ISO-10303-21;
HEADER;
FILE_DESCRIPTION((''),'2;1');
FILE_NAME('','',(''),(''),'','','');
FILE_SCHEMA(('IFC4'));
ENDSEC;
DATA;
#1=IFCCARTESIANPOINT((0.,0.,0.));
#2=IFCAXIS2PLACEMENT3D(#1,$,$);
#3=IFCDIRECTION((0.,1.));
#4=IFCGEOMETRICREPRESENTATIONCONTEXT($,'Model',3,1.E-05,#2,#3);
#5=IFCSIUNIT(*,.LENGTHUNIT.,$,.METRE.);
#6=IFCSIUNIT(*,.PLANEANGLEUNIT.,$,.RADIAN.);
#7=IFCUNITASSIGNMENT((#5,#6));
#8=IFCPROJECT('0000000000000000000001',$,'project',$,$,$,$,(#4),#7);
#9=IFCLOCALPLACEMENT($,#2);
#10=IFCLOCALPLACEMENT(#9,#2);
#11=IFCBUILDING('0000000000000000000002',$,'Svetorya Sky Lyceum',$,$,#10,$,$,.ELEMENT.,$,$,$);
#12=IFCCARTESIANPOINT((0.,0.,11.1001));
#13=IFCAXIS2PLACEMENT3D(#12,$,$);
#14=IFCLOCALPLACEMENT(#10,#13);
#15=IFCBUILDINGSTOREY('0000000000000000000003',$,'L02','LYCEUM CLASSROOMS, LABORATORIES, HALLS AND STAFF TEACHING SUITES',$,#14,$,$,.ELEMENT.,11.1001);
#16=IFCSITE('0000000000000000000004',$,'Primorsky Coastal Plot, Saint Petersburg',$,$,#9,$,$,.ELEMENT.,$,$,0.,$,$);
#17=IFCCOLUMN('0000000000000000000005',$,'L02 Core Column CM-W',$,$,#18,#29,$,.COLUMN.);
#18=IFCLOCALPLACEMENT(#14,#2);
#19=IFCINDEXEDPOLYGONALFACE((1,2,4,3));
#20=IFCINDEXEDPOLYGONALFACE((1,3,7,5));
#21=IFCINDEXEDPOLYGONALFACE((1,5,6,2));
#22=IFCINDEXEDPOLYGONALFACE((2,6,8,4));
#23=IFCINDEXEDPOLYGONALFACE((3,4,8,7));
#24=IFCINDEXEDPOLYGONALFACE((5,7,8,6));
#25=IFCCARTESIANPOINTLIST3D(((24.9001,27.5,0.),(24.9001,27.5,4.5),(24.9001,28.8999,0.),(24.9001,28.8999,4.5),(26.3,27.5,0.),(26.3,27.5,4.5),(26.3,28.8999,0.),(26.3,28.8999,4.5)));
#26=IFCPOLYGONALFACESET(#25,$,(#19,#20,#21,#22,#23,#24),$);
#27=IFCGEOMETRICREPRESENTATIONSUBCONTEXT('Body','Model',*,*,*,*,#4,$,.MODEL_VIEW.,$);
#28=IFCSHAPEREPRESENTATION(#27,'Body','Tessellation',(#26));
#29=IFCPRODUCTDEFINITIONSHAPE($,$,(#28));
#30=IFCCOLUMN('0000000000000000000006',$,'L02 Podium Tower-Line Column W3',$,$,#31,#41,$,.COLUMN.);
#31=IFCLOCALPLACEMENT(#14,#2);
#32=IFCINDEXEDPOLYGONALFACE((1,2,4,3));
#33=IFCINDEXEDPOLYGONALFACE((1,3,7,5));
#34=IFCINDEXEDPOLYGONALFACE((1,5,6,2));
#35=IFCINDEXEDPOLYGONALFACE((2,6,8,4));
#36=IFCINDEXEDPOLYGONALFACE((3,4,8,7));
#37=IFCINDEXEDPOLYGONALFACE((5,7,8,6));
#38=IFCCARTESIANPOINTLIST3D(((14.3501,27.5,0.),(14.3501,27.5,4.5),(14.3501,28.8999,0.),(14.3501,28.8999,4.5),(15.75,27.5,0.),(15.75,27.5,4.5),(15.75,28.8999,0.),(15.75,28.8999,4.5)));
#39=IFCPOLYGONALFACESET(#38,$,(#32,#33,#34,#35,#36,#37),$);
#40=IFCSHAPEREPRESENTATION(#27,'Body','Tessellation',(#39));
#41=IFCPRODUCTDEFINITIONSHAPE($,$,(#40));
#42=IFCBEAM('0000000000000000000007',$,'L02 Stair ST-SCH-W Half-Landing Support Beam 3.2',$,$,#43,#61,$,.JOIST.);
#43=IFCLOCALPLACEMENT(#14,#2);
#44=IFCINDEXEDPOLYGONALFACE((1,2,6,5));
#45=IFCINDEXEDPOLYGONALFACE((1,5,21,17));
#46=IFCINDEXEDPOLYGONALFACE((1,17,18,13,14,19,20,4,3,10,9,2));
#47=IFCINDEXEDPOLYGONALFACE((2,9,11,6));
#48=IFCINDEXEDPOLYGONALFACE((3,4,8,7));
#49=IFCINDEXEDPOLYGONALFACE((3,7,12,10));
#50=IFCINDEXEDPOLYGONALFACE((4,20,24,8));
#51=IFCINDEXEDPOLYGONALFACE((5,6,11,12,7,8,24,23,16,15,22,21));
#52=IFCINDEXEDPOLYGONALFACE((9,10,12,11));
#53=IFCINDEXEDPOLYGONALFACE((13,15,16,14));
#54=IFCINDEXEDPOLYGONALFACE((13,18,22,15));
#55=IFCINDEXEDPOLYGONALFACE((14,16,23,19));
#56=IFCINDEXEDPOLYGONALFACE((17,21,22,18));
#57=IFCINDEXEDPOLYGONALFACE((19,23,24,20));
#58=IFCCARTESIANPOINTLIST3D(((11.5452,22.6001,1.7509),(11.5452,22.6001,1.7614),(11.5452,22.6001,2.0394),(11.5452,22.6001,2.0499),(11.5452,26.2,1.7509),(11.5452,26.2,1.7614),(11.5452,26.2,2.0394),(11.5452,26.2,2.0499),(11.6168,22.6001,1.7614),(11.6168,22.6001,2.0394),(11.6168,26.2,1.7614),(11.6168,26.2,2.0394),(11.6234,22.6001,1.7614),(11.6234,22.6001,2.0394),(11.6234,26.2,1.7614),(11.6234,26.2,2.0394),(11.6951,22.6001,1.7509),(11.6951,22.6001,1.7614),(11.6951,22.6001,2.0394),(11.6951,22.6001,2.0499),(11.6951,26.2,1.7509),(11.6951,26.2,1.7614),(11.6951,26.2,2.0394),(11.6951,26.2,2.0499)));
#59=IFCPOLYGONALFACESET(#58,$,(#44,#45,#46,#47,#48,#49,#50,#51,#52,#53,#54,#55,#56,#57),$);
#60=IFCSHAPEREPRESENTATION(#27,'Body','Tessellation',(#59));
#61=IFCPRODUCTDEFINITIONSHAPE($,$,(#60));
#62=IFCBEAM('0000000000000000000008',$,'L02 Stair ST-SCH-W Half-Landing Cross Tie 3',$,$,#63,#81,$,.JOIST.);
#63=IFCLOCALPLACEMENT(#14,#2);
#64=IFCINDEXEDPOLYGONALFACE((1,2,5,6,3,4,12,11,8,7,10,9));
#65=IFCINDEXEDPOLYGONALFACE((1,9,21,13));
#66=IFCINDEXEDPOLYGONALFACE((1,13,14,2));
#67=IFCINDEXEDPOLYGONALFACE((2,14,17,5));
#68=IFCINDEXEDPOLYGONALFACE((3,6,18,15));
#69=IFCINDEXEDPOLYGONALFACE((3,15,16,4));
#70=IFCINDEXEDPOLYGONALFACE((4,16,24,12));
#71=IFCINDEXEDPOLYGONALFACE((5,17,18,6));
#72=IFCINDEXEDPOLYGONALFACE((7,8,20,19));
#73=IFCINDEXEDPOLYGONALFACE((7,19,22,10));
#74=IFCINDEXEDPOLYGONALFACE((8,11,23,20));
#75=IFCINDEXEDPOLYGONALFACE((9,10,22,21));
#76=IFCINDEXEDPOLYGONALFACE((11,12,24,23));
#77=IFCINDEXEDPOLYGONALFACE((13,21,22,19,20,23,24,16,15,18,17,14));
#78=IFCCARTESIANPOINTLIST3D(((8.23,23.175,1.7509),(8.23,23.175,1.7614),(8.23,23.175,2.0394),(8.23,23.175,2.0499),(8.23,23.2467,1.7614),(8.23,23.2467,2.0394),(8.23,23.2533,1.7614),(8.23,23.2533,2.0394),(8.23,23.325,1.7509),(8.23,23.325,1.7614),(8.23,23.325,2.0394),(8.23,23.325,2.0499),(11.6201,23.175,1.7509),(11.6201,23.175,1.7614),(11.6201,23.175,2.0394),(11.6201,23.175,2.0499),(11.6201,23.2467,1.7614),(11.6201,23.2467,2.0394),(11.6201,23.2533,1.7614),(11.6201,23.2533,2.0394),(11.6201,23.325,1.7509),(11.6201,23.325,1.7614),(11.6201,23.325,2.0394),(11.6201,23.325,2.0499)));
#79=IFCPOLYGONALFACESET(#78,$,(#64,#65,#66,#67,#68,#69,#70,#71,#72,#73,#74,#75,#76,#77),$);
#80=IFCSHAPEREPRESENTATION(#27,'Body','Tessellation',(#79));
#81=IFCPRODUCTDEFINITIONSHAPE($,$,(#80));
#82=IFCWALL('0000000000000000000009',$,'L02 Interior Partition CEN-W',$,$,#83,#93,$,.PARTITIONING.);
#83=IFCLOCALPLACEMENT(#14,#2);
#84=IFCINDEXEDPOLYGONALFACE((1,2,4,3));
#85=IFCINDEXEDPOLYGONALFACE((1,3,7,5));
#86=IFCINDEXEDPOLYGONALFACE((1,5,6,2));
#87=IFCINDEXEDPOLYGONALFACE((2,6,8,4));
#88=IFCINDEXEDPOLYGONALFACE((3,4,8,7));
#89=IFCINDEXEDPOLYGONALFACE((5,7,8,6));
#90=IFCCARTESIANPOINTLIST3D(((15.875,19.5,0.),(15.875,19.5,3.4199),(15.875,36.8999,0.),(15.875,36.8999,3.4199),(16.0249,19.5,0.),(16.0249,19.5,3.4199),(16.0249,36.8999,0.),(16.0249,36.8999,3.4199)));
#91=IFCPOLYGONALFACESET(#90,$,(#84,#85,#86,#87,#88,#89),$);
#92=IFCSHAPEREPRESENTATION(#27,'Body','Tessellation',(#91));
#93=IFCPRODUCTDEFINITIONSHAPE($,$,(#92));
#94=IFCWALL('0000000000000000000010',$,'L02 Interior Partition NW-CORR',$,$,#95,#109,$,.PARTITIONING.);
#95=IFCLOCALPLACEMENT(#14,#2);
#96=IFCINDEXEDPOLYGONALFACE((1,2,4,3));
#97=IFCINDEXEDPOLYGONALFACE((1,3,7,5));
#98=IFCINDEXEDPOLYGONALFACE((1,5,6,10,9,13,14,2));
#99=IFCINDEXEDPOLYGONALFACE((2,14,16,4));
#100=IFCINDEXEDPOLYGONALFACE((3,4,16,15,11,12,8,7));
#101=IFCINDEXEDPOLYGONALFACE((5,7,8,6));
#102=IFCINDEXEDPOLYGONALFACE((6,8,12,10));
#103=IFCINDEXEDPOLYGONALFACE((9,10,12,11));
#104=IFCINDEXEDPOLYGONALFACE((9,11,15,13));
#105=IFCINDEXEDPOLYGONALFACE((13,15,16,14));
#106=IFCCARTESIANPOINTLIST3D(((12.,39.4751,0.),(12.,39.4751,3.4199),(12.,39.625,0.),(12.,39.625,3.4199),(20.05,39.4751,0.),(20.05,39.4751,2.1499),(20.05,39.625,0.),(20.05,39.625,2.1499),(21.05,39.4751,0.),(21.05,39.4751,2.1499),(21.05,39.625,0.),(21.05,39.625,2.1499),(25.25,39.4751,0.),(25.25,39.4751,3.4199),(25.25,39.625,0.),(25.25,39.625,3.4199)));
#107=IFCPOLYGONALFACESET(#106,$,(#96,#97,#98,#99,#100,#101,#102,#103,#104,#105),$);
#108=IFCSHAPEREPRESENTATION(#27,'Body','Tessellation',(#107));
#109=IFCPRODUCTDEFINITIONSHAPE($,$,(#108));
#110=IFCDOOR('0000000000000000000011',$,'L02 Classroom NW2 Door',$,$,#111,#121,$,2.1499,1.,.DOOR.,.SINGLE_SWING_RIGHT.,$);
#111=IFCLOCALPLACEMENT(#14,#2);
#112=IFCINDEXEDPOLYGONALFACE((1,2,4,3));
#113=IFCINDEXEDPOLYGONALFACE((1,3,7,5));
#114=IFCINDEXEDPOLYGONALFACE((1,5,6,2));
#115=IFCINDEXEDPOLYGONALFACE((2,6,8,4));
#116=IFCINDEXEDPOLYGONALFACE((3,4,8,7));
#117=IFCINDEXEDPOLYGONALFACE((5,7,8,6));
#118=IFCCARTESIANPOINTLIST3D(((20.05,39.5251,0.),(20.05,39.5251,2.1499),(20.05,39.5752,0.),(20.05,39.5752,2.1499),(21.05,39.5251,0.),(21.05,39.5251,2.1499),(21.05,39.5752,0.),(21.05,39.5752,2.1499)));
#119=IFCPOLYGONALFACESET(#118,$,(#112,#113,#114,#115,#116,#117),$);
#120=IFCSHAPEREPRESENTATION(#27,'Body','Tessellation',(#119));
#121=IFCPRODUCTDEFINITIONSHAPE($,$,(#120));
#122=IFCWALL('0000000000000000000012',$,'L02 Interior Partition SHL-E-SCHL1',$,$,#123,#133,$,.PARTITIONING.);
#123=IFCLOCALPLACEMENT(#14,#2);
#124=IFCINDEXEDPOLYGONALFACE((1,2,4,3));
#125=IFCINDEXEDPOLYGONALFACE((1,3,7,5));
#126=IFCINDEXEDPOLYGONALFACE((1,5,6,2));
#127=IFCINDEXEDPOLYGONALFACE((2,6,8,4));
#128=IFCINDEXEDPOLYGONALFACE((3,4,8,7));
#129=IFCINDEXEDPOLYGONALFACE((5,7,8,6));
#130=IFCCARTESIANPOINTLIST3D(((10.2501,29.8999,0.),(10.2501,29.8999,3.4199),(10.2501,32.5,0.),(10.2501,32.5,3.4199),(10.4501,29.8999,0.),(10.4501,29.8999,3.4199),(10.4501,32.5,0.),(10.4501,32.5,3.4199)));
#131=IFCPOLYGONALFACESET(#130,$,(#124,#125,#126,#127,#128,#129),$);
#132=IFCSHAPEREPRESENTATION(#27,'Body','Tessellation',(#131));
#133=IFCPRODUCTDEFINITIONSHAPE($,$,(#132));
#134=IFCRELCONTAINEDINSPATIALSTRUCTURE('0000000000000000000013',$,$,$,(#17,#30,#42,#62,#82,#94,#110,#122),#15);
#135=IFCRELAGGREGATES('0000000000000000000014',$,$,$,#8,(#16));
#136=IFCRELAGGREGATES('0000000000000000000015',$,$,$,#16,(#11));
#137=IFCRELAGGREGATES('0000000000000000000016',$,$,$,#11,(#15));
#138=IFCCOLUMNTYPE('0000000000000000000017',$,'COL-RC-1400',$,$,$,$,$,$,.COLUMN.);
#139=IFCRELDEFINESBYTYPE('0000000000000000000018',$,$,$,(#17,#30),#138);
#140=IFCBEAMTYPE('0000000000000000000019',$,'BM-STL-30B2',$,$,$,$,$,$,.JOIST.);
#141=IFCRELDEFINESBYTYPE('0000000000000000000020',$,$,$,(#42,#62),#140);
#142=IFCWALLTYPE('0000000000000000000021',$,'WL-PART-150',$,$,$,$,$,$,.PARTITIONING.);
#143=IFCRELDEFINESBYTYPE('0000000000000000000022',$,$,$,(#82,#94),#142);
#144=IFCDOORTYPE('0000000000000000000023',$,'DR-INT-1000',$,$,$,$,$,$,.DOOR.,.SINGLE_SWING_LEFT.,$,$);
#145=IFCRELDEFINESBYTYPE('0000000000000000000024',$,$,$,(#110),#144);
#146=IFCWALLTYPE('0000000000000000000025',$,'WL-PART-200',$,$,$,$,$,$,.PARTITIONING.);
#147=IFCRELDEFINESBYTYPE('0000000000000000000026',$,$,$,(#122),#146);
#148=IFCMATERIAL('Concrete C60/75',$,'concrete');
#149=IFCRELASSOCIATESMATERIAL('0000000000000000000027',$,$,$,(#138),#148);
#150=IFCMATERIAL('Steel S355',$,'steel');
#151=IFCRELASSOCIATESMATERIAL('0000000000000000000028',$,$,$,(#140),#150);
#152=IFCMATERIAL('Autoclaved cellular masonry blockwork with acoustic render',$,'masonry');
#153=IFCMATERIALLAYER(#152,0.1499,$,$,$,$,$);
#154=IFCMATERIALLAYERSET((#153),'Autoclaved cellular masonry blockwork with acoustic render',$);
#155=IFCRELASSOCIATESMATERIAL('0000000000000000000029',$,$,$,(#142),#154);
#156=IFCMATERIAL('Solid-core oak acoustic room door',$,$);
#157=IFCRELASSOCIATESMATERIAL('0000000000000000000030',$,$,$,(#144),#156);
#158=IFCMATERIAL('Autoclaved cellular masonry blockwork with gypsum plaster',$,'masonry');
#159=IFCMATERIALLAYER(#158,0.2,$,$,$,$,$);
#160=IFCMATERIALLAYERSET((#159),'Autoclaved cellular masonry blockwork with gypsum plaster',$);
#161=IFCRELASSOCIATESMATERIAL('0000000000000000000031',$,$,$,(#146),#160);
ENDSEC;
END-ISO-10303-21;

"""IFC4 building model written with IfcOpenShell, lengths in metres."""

from ifc_helpers import new_model, si_unit, direction, frame, frame_2d, origin, origin_2d, place, context, subcontext, project, spatial, rectangle, i_section, extrude, material, layer, layer_set, material_profile, profile_set, type_object, element, fill, save


model = new_model("IFC4")

# Units and contexts
model_context = context("Model", 3, precision=1e-05, world=origin(), true_north=direction((0.0, 1.0)))
body_context = subcontext(model_context, "Body", "Model", "MODEL_VIEW")
ifc_project = project(units=[si_unit("LENGTHUNIT", "METRE"), si_unit("PLANEANGLEUNIT", "RADIAN")], contexts=[model_context])

# Site, building, storey
site_placement = place(None, origin())
site = spatial("IfcSite", under=ifc_project, at=site_placement, Name="Primorsky Coastal Plot, Saint Petersburg", CompositionType="ELEMENT", RefElevation=0.0)
building_placement = place(site_placement, origin())
building = spatial("IfcBuilding", under=site, at=building_placement, Name="Svetorya Sky Lyceum", CompositionType="ELEMENT")
storey_placement = place(building_placement, frame((0.0, 0.0, 11.1001)))
storey = spatial("IfcBuildingStorey", under=building, at=storey_placement, Name="L02", Description="LYCEUM CLASSROOMS, LABORATORIES, HALLS AND STAFF TEACHING SUITES", CompositionType="ELEMENT", Elevation=11.1001)

# Columns
ifc_material_1 = material(Name="Concrete C60/75", Category="concrete")
ifc_material_profile_1 = material_profile(ifc_material_1, rectangle(XDim=1.3999, YDim=1.3999, at=origin_2d()), Name="RC COL 1400x1400")
ifc_profile_set_1 = profile_set([ifc_material_profile_1], Name="Concrete C60/75")
column_type = type_object("IfcColumnType", Name="COL-RC-1400", PredefinedType="COLUMN", material=ifc_profile_set_1)
for number, where, z_axis, x_axis, name in (
    (1, (25.6001, 28.2, 0.0), (0.0, 0.0, 1.0), (1.0, 0.0, 0.0), "L02 Core Column CM-W"),
    (2, (15.05, 28.2, 0.0), (0.0, 0.0, 1.0), (1.0, 0.0, 0.0), "L02 Podium Tower-Line Column W3"),
):
    element("IfcColumn", number, at=place(storey_placement, frame(where, z_axis=z_axis, x_axis=x_axis)), inside=storey, type_object=column_type, Name=name, PredefinedType="COLUMN", context=body_context, shape_type="SweptSolid", body=[
        extrude(rectangle(XDim=1.3999, YDim=1.3999, at=origin_2d()), origin(), (0.0, 0.0, 1.0), 4.5),
    ])

# Beams
ifc_material_2 = material(Name="Steel S355", Category="steel")
ifc_material_profile_2 = material_profile(ifc_material_2, i_section(OverallWidth=0.1499, OverallDepth=0.2991, WebThickness=0.0066, FlangeThickness=0.0105, at=origin_2d()), Name="GOST 30B2")
ifc_profile_set_2 = profile_set([ifc_material_profile_2], Name="Steel S355")
beam_type = type_object("IfcBeamType", Name="BM-STL-30B2", PredefinedType="JOIST", material=ifc_profile_set_2)
beam_1_placement = place(storey_placement, frame((11.6201, 22.6001, 1.9004), z_axis=(0.0, 1.0, 0.0), x_axis=(-1.0, 0.0, 0.0)))
element("IfcBeam", 3, at=beam_1_placement, inside=storey, type_object=beam_type, Name="L02 Stair ST-SCH-W Half-Landing Support Beam 3.2", PredefinedType="JOIST", context=body_context, shape_type="SweptSolid", body=[
    extrude(i_section(OverallWidth=0.1499, OverallDepth=0.2991, WebThickness=0.0066, FlangeThickness=0.0105, at=origin_2d()), origin(), (0.0, 0.0, 1.0), 3.5999),
])
beam_2_placement = place(storey_placement, frame((8.23, 23.25, 1.9004), z_axis=(1.0, 0.0, 0.0), x_axis=(0.0, 1.0, 0.0)))
element("IfcBeam", 4, at=beam_2_placement, inside=storey, type_object=beam_type, Name="L02 Stair ST-SCH-W Half-Landing Cross Tie 3", PredefinedType="JOIST", context=body_context, shape_type="SweptSolid", body=[
    extrude(i_section(OverallWidth=0.1499, OverallDepth=0.2991, WebThickness=0.0066, FlangeThickness=0.0105, at=origin_2d()), origin(), (0.0, 0.0, 1.0), 3.3901),
])

# Wall
ifc_material_3 = material(Name="Autoclaved cellular masonry blockwork with acoustic render", Category="masonry")
ifc_layer_1 = layer(ifc_material_3, 0.1499)
ifc_layer_set_1 = layer_set([ifc_layer_1], Name="Autoclaved cellular masonry blockwork with acoustic render")
wall_type_1 = type_object("IfcWallType", Name="WL-PART-150", PredefinedType="PARTITIONING", material=ifc_layer_set_1)
wall_1_placement = place(storey_placement, frame((15.95, 19.5, 0.0), z_axis=(0.0, 0.0, 1.0), x_axis=(0.0, 1.0, 0.0)))
element("IfcWall", 5, at=wall_1_placement, inside=storey, type_object=wall_type_1, Name="L02 Interior Partition CEN-W", PredefinedType="PARTITIONING", context=body_context, shape_type="SweptSolid", body=[
    extrude(rectangle(XDim=17.3999, YDim=0.1499, at=frame_2d((8.7, 0.0))), origin(), (0.0, 0.0, 1.0), 3.4199),
])

# Wall, opening, door
wall_2_placement = place(storey_placement, frame((25.25, 39.55, 0.0), z_axis=(0.0, 0.0, 1.0), x_axis=(-1.0, 0.0, 0.0)))
wall_2 = element("IfcWall", 6, at=wall_2_placement, inside=storey, type_object=wall_type_1, Name="L02 Interior Partition NW-CORR", PredefinedType="PARTITIONING", context=body_context, shape_type="SweptSolid", body=[
    extrude(rectangle(XDim=13.25, YDim=0.1499, at=frame_2d((6.625, 0.0))), origin(), (0.0, 0.0, 1.0), 3.4199),
])
opening_1_placement = place(wall_2_placement, frame((4.2, 0.0, 0.0)))
opening_1 = element("IfcOpeningElement", 7, at=opening_1_placement, cuts=wall_2, PredefinedType="OPENING", context=body_context, shape_type="SweptSolid", body=[
    extrude(rectangle(XDim=1.0, YDim=2.1499, at=frame_2d((0.5, 1.075))), frame((0.0, 0.085, 0.0), z_axis=(0.0, -1.0, 0.0), x_axis=(1.0, 0.0, 0.0)), (0.0, 0.0, 1.0), 0.1699),
])
ifc_material_4 = material(Name="Solid-core oak acoustic room door")
door_type_1 = type_object("IfcDoorType", Name="DR-INT-1000", OperationType="SINGLE_SWING_LEFT", PredefinedType="DOOR", material=ifc_material_4)
door_1_placement = place(opening_1_placement, origin())
door_1 = element("IfcDoor", 8, at=door_1_placement, inside=storey, type_object=door_type_1, Name="L02 Classroom NW2 Door", OperationType="SINGLE_SWING_RIGHT", OverallHeight=2.1499, OverallWidth=1.0, PredefinedType="DOOR", context=body_context, shape_type="SweptSolid", body=[
    extrude(rectangle(XDim=1.0, YDim=2.1499, at=frame_2d((0.5, 1.075))), frame((0.0, 0.0249, 0.0), z_axis=(0.0, -1.0, 0.0), x_axis=(1.0, 0.0, 0.0)), (0.0, 0.0, 1.0), 0.05),
])
fill(opening_1, door_1)

# Wall
ifc_material_5 = material(Name="Autoclaved cellular masonry blockwork with gypsum plaster", Category="masonry")
ifc_layer_2 = layer(ifc_material_5, 0.2)
ifc_layer_set_2 = layer_set([ifc_layer_2], Name="Autoclaved cellular masonry blockwork with gypsum plaster")
wall_type_2 = type_object("IfcWallType", Name="WL-PART-200", PredefinedType="PARTITIONING", material=ifc_layer_set_2)
wall_3_placement = place(storey_placement, frame((10.3501, 29.8999, 0.0), z_axis=(0.0, 0.0, 1.0), x_axis=(0.0, 1.0, 0.0)))
element("IfcWall", 9, at=wall_3_placement, inside=storey, type_object=wall_type_2, Name="L02 Interior Partition SHL-E-SCHL1", PredefinedType="PARTITIONING", context=body_context, shape_type="SweptSolid", body=[
    extrude(rectangle(XDim=2.6001, YDim=0.2, at=frame_2d((1.3, 0.0))), origin(), (0.0, 0.0, 1.0), 3.4199),
])

save(model, "model.ifc")
